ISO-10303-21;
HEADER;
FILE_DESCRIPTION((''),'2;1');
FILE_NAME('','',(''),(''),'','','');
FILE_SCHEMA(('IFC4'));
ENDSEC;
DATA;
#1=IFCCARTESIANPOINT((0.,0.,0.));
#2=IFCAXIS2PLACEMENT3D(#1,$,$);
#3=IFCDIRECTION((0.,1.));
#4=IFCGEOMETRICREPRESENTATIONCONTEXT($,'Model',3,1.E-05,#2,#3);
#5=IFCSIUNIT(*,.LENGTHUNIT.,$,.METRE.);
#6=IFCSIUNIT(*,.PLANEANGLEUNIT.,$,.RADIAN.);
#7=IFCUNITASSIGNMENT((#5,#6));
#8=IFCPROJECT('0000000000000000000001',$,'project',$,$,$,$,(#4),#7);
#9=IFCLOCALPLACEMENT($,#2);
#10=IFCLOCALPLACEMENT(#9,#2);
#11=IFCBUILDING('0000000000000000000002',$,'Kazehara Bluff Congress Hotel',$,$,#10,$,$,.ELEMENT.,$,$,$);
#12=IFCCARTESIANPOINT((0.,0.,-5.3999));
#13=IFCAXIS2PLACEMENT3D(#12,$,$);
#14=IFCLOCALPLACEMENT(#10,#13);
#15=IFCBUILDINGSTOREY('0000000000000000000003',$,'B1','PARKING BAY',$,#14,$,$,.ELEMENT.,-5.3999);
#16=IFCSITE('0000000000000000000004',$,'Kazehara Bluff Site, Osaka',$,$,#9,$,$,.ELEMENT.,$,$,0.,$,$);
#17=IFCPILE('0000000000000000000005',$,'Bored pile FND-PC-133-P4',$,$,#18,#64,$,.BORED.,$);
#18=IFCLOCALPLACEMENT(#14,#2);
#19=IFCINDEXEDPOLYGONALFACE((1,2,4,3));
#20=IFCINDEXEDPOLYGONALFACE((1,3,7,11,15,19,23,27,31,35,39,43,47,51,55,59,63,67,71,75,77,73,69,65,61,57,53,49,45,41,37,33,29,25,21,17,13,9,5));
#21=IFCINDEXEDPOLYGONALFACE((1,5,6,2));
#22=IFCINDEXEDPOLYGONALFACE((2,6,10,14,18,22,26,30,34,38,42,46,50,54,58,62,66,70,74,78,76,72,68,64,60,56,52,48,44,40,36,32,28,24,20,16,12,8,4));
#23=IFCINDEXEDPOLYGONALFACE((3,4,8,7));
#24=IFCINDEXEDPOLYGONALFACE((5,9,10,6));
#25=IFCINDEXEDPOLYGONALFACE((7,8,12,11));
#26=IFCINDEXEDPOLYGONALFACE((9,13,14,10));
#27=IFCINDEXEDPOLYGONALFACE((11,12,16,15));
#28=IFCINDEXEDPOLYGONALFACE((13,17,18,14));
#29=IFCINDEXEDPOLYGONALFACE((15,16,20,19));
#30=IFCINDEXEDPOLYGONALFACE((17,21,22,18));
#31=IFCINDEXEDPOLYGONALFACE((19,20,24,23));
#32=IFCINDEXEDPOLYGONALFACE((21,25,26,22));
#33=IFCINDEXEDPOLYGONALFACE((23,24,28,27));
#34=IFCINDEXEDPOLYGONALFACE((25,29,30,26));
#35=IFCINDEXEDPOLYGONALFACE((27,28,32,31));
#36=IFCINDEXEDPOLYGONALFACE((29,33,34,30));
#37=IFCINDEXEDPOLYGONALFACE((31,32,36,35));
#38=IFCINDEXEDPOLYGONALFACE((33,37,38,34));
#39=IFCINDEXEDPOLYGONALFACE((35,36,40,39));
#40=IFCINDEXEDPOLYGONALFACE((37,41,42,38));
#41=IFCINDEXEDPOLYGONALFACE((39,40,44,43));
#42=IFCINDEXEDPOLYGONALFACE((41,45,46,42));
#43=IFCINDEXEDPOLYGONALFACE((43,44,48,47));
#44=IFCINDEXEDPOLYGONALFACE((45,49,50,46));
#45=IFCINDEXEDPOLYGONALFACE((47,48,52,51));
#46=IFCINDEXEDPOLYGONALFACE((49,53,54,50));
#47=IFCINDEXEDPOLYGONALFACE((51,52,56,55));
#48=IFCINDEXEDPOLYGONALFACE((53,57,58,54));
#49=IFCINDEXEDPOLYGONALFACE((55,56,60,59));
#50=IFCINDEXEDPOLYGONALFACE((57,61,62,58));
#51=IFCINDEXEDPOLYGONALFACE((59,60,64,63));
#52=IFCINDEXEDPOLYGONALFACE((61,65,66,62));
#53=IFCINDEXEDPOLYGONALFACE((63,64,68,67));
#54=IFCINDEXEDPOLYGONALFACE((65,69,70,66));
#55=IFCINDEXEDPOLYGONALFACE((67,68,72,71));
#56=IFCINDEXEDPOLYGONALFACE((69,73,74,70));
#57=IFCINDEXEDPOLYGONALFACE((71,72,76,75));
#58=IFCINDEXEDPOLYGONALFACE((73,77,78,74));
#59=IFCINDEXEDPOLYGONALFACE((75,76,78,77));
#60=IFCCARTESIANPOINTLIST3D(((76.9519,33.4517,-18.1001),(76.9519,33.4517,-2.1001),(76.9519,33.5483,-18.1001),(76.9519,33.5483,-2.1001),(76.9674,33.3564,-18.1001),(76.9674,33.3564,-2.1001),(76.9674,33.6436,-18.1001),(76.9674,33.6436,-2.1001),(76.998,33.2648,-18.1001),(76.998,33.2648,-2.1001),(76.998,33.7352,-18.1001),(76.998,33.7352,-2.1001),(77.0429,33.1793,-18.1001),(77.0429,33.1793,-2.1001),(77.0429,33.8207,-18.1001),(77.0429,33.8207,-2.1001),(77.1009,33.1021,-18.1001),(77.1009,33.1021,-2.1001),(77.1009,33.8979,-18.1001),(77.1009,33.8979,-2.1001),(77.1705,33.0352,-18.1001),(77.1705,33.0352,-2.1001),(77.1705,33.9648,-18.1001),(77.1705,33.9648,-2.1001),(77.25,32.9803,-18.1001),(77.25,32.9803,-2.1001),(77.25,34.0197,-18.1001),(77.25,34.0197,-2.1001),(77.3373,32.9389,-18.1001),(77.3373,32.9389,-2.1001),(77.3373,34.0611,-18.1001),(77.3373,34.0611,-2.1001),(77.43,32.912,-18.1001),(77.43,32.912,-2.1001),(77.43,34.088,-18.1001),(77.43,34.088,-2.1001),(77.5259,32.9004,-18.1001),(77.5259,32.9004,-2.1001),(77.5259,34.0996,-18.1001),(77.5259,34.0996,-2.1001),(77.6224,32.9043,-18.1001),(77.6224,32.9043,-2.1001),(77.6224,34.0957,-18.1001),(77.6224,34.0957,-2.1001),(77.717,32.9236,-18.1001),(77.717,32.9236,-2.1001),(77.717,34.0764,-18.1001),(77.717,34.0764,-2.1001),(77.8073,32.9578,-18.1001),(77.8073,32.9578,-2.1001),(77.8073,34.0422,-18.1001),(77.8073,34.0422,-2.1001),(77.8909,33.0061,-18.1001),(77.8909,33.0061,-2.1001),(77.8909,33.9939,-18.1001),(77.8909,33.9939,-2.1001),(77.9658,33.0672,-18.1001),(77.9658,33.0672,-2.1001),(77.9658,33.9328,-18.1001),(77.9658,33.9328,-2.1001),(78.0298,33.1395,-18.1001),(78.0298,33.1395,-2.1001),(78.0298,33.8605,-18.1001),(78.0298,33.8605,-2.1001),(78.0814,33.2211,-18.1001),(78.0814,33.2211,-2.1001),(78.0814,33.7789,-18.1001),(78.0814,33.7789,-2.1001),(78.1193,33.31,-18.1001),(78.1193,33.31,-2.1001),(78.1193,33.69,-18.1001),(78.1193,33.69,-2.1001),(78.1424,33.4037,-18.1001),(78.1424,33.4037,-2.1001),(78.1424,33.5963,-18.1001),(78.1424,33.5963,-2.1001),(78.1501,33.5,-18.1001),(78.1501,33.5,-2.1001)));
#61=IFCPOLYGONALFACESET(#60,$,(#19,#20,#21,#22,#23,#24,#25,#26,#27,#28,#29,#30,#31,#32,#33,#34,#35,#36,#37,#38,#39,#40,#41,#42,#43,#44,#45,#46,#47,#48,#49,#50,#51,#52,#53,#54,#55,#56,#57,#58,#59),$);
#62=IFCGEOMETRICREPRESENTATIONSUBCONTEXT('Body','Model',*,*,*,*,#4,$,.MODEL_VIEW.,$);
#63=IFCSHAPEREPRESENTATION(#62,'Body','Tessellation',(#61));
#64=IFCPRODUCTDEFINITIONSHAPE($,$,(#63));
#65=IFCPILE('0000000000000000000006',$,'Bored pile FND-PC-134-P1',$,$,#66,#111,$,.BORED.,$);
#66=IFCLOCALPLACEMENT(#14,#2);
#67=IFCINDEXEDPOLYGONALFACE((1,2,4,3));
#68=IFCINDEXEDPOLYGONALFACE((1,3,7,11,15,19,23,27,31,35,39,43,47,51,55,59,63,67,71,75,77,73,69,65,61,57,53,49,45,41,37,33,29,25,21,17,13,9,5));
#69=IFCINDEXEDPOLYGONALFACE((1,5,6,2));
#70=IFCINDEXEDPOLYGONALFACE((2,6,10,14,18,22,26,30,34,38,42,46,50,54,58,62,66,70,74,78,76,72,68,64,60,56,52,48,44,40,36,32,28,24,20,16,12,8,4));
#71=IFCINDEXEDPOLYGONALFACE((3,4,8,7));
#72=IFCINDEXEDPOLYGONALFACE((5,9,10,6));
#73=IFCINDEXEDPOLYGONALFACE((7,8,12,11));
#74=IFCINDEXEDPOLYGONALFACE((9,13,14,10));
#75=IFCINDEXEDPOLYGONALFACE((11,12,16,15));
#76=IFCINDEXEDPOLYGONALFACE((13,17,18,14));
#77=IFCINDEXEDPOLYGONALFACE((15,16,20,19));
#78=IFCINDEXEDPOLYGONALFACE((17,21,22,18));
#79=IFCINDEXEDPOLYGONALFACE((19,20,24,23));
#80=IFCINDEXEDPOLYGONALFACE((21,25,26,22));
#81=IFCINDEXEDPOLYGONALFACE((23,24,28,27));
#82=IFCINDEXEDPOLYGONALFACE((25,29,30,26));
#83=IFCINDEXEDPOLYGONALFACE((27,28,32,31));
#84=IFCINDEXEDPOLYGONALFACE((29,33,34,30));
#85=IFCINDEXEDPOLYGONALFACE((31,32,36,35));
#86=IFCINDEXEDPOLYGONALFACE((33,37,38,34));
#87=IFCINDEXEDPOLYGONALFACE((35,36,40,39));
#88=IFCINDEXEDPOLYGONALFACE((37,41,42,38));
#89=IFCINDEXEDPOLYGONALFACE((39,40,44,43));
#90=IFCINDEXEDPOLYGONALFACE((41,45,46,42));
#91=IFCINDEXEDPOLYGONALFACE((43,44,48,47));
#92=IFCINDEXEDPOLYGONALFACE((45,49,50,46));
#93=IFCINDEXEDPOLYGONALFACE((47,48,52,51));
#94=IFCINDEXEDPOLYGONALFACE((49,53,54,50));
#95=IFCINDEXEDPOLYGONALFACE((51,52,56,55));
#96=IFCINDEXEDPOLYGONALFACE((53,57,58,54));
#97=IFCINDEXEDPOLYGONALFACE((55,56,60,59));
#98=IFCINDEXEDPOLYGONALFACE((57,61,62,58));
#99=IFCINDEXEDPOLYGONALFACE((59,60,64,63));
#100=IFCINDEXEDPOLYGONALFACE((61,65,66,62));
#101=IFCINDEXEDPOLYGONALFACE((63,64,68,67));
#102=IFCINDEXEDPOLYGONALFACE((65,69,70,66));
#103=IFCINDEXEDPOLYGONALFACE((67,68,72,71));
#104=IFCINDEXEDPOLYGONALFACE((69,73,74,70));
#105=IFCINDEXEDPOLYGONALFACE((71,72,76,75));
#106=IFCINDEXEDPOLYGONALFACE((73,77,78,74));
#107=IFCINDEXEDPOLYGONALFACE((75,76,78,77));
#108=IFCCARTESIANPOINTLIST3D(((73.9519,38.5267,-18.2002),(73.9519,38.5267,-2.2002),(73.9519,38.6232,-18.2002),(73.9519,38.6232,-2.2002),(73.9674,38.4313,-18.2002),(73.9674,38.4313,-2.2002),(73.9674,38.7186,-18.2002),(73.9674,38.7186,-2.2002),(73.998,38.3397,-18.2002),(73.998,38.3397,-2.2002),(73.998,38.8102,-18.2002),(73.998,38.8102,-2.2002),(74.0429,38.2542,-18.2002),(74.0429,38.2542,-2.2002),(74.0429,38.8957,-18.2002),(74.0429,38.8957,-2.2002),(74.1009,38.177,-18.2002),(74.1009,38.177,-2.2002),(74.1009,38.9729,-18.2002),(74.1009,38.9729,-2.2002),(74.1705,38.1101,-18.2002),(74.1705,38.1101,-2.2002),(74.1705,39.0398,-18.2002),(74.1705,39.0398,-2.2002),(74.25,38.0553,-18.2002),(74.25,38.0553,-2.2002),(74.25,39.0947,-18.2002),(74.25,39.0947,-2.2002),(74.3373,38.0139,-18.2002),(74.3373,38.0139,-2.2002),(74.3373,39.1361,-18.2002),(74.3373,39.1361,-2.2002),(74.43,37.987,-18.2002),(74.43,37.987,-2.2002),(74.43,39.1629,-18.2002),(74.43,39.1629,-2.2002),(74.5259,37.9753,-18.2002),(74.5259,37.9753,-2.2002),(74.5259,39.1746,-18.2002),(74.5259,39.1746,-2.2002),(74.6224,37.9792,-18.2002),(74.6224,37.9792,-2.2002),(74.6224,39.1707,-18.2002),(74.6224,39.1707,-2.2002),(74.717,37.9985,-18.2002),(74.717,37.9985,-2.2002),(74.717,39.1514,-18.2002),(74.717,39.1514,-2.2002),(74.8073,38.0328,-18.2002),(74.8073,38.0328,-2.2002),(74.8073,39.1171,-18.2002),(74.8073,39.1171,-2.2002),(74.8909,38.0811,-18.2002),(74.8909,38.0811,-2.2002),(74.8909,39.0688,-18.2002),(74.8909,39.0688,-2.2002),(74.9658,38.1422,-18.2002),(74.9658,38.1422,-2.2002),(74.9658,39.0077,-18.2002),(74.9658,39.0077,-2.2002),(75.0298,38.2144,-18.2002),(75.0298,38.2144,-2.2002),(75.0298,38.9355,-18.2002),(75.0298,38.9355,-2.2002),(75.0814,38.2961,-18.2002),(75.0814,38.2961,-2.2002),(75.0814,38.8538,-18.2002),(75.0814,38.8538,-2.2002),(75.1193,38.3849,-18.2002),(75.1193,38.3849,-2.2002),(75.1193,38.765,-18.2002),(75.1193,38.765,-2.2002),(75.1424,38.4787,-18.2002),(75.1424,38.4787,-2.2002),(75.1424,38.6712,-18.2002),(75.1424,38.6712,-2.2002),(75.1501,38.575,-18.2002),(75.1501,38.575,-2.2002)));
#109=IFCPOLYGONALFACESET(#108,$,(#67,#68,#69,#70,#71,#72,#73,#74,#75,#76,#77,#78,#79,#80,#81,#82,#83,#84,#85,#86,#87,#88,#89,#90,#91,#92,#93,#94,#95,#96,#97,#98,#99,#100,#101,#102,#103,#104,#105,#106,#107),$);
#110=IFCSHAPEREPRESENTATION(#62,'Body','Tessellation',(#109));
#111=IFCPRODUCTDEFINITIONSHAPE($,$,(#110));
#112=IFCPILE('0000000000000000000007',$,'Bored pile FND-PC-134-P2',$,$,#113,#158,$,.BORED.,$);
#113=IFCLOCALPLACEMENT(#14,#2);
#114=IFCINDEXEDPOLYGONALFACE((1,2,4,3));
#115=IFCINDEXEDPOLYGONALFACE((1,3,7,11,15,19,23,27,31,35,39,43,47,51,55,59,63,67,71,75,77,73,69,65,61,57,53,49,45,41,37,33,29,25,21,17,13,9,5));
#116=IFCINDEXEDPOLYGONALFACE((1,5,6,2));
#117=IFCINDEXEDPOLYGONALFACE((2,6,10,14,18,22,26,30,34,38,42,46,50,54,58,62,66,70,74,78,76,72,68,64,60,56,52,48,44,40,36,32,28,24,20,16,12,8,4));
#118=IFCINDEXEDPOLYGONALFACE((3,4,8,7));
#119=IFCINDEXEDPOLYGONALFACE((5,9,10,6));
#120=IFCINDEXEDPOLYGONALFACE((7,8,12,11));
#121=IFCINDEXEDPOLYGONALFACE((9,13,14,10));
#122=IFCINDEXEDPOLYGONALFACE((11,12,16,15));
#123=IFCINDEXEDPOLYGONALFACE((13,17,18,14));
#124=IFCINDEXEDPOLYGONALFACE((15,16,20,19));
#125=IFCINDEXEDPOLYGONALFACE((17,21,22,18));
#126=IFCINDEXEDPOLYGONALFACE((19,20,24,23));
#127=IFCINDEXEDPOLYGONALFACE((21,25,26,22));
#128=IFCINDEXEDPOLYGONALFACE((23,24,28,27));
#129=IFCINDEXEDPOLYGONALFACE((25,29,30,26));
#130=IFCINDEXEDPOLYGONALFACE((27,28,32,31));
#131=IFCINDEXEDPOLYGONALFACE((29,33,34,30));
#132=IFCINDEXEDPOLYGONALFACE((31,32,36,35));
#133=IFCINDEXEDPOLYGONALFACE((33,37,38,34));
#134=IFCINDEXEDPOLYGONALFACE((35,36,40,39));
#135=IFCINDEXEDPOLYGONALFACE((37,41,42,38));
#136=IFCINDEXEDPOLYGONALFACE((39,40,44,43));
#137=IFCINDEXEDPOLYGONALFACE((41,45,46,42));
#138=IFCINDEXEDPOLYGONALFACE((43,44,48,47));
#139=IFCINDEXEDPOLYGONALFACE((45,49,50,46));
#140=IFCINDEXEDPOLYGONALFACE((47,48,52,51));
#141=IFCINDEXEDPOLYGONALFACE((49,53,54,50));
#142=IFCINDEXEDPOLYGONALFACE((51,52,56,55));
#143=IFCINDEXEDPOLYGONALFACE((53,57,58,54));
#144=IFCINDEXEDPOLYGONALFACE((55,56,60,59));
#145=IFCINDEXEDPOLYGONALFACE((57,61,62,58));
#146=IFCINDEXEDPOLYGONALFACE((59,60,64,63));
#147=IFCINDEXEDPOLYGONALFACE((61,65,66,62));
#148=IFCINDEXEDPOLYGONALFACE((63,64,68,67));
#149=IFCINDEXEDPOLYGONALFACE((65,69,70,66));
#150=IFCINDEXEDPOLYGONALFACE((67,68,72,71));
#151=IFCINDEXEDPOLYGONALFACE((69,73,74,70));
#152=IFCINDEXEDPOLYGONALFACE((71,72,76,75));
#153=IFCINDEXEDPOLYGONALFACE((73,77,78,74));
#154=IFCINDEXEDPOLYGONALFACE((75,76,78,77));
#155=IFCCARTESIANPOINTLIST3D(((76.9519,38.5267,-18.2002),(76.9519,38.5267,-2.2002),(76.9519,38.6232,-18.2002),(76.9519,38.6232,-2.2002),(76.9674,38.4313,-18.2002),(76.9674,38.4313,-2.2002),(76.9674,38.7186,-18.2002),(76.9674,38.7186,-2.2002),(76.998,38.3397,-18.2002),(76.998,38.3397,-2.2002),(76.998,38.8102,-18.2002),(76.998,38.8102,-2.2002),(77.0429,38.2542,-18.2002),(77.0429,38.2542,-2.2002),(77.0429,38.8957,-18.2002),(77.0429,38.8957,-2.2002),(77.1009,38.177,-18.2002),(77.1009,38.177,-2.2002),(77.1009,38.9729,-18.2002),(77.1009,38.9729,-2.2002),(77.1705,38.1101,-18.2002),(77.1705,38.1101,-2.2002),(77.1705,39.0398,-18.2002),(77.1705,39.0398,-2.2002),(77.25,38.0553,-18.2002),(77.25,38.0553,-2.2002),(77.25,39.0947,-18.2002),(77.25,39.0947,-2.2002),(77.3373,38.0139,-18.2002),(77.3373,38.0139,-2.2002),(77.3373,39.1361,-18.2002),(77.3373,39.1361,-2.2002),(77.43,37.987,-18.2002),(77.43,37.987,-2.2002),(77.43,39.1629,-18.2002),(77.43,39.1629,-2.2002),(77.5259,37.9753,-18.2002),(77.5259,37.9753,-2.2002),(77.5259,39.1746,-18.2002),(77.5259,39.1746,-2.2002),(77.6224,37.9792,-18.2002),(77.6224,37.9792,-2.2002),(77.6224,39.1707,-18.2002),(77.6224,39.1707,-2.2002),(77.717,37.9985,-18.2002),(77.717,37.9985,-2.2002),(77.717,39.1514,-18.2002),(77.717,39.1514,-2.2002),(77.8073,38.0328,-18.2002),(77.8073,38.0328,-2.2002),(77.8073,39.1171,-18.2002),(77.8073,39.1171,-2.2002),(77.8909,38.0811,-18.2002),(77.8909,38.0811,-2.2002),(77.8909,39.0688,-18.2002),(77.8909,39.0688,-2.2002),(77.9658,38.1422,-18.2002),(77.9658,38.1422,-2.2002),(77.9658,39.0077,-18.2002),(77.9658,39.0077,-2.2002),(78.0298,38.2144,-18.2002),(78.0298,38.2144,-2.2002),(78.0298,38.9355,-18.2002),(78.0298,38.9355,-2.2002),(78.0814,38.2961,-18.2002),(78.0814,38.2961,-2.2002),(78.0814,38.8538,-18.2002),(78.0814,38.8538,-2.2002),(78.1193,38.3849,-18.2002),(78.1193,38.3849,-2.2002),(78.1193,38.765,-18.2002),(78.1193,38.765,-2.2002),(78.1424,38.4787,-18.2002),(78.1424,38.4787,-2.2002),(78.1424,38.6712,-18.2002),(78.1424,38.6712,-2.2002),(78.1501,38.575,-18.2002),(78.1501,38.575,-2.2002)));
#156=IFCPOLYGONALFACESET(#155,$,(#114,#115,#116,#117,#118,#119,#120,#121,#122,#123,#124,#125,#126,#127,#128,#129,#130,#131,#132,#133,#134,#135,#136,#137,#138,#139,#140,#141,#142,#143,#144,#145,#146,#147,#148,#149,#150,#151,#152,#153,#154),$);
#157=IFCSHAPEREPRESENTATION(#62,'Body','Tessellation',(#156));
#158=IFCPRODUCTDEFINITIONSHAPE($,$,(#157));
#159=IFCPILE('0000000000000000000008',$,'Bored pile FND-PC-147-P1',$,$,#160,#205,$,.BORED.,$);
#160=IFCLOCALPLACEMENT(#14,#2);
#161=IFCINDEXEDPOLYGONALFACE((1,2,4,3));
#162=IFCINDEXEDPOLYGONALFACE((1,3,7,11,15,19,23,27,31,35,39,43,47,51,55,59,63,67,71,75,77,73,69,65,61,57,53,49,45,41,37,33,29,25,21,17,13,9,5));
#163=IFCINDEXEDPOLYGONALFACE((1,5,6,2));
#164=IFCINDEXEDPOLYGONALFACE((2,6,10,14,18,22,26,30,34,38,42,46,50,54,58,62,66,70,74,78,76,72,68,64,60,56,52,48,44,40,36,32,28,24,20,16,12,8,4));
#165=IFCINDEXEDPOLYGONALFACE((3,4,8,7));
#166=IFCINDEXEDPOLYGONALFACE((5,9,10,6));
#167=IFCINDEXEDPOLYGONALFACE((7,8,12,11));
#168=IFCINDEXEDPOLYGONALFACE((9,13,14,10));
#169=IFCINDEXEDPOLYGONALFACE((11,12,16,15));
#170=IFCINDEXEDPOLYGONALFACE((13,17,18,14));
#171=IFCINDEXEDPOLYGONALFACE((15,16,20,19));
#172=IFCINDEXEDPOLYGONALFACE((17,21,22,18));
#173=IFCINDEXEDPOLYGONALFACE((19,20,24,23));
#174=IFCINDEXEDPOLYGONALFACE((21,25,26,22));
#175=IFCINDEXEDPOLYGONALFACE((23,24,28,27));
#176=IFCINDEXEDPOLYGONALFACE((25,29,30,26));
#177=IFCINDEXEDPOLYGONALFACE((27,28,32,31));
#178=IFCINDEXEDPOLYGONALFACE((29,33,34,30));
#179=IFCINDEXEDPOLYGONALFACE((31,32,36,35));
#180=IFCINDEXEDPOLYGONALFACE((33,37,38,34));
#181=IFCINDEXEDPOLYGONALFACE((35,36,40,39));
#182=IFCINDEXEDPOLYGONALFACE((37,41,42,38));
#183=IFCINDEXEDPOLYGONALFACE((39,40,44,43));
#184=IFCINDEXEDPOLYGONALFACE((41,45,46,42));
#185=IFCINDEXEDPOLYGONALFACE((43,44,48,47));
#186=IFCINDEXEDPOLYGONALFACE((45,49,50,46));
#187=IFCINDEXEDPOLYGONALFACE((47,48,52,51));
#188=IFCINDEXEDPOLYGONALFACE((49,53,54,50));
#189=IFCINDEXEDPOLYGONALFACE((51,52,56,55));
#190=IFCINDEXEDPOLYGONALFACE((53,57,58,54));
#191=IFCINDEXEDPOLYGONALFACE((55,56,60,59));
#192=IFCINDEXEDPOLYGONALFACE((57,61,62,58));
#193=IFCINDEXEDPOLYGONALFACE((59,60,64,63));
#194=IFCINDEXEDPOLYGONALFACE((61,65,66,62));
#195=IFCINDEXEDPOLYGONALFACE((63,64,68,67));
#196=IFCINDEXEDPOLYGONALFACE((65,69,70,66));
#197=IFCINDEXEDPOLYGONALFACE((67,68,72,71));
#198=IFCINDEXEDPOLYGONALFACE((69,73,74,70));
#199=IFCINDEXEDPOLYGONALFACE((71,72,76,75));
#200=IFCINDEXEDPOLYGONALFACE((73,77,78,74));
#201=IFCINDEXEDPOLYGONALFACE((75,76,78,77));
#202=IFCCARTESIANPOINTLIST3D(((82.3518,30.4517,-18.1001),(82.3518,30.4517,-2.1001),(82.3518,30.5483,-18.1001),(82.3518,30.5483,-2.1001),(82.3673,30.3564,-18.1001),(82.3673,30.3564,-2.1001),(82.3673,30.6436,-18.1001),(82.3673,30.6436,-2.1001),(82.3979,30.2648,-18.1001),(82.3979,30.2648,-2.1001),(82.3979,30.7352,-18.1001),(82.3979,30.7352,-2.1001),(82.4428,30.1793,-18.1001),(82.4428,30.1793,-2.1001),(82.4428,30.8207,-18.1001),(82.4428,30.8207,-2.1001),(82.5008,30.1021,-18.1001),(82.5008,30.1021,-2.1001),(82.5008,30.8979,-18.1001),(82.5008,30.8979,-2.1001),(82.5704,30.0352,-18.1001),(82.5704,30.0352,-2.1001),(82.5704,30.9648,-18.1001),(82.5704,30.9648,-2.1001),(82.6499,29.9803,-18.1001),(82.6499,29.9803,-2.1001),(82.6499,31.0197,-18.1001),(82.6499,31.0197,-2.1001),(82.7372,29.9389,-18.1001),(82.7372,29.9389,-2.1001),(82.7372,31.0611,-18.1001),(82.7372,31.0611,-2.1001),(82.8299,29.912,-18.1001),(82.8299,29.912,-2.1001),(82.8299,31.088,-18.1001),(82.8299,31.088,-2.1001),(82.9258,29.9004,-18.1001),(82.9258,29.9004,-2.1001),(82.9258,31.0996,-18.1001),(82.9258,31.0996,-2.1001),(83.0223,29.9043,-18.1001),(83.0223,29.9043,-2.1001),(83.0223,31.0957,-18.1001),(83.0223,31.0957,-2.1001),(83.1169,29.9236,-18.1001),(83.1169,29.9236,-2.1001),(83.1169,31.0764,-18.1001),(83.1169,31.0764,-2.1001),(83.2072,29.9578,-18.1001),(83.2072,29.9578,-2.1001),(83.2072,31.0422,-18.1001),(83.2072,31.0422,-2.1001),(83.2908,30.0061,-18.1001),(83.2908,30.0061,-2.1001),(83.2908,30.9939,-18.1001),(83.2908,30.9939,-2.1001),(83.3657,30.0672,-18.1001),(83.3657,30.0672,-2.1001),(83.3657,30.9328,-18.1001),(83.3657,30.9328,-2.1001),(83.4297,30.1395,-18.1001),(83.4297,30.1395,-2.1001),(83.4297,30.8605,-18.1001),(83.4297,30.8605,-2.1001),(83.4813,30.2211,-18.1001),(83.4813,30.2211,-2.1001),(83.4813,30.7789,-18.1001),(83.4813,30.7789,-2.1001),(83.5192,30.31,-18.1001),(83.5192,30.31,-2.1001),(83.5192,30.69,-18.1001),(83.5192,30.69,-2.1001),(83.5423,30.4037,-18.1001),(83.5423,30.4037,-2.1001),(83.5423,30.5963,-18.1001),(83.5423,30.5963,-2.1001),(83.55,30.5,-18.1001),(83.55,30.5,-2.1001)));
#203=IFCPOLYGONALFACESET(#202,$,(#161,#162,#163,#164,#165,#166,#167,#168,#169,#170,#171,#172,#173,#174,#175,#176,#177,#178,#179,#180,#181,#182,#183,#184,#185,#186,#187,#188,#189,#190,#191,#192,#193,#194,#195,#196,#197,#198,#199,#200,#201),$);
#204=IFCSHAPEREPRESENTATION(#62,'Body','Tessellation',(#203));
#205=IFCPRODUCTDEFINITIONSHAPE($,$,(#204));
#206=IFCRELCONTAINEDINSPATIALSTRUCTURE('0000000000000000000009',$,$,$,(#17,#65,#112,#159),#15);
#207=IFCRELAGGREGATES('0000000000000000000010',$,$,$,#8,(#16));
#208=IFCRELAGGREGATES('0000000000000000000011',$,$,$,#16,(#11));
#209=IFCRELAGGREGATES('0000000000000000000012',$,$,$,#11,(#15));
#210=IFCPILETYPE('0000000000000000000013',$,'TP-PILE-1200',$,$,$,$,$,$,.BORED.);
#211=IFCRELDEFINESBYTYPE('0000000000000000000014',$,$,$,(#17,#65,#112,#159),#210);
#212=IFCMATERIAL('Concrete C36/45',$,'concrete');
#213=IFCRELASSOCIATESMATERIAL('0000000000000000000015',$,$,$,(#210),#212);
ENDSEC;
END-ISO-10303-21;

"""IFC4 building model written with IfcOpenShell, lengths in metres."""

from ifc_helpers import new_model, si_unit, direction, frame, origin, origin_2d, place, context, subcontext, project, spatial, circle, extrude, material, material_profile, profile_set, type_object, element, save


model = new_model("IFC4")

# Units and contexts
model_context = context("Model", 3, precision=1e-05, world=origin(), true_north=direction((0.0, 1.0)))
body_context = subcontext(model_context, "Body", "Model", "MODEL_VIEW")
ifc_project = project(units=[si_unit("LENGTHUNIT", "METRE"), si_unit("PLANEANGLEUNIT", "RADIAN")], contexts=[model_context])

# Site, building, storey
site_placement = place(None, origin())
site = spatial("IfcSite", under=ifc_project, at=site_placement, Name="Kazehara Bluff Site, Osaka", CompositionType="ELEMENT", RefElevation=0.0)
building_placement = place(site_placement, origin())
building = spatial("IfcBuilding", under=site, at=building_placement, Name="Kazehara Bluff Congress Hotel", CompositionType="ELEMENT")
storey_placement = place(building_placement, frame((0.0, 0.0, -5.3999)))
storey = spatial("IfcBuildingStorey", under=building, at=storey_placement, Name="B1", Description="PARKING BAY", CompositionType="ELEMENT", Elevation=-5.3999)

# Piles
ifc_material_1 = material(Name="Concrete C36/45", Category="concrete")
ifc_material_profile_1 = material_profile(ifc_material_1, circle(Radius=0.6001, at=origin_2d()))
ifc_profile_set_1 = profile_set([ifc_material_profile_1], Name="Concrete C36/45")
pile_type = type_object("IfcPileType", Name="TP-PILE-1200", PredefinedType="BORED", material=ifc_profile_set_1)
for number, where, z_axis, x_axis, name in (
    (1, (77.55, 33.5, -2.1001), (0.0, 0.0, -1.0), (1.0, 0.0, 0.0), "Bored pile FND-PC-133-P4"),
    (2, (74.55, 38.575, -2.2002), (0.0, 0.0, -1.0), (1.0, 0.0, 0.0), "Bored pile FND-PC-134-P1"),
    (3, (77.55, 38.575, -2.2002), (0.0, 0.0, -1.0), (1.0, 0.0, 0.0), "Bored pile FND-PC-134-P2"),
    (4, (82.95, 30.5, -2.1001), (0.0, 0.0, -1.0), (1.0, 0.0, 0.0), "Bored pile FND-PC-147-P1"),
):
    element("IfcPile", number, at=place(storey_placement, frame(where, z_axis=z_axis, x_axis=x_axis)), inside=storey, type_object=pile_type, Name=name, PredefinedType="BORED", context=body_context, shape_type="SweptSolid", body=[
        extrude(circle(Radius=0.6001, at=origin_2d()), origin(), (0.0, 0.0, 1.0), 16.0),
    ])

save(model, "model.ifc")
